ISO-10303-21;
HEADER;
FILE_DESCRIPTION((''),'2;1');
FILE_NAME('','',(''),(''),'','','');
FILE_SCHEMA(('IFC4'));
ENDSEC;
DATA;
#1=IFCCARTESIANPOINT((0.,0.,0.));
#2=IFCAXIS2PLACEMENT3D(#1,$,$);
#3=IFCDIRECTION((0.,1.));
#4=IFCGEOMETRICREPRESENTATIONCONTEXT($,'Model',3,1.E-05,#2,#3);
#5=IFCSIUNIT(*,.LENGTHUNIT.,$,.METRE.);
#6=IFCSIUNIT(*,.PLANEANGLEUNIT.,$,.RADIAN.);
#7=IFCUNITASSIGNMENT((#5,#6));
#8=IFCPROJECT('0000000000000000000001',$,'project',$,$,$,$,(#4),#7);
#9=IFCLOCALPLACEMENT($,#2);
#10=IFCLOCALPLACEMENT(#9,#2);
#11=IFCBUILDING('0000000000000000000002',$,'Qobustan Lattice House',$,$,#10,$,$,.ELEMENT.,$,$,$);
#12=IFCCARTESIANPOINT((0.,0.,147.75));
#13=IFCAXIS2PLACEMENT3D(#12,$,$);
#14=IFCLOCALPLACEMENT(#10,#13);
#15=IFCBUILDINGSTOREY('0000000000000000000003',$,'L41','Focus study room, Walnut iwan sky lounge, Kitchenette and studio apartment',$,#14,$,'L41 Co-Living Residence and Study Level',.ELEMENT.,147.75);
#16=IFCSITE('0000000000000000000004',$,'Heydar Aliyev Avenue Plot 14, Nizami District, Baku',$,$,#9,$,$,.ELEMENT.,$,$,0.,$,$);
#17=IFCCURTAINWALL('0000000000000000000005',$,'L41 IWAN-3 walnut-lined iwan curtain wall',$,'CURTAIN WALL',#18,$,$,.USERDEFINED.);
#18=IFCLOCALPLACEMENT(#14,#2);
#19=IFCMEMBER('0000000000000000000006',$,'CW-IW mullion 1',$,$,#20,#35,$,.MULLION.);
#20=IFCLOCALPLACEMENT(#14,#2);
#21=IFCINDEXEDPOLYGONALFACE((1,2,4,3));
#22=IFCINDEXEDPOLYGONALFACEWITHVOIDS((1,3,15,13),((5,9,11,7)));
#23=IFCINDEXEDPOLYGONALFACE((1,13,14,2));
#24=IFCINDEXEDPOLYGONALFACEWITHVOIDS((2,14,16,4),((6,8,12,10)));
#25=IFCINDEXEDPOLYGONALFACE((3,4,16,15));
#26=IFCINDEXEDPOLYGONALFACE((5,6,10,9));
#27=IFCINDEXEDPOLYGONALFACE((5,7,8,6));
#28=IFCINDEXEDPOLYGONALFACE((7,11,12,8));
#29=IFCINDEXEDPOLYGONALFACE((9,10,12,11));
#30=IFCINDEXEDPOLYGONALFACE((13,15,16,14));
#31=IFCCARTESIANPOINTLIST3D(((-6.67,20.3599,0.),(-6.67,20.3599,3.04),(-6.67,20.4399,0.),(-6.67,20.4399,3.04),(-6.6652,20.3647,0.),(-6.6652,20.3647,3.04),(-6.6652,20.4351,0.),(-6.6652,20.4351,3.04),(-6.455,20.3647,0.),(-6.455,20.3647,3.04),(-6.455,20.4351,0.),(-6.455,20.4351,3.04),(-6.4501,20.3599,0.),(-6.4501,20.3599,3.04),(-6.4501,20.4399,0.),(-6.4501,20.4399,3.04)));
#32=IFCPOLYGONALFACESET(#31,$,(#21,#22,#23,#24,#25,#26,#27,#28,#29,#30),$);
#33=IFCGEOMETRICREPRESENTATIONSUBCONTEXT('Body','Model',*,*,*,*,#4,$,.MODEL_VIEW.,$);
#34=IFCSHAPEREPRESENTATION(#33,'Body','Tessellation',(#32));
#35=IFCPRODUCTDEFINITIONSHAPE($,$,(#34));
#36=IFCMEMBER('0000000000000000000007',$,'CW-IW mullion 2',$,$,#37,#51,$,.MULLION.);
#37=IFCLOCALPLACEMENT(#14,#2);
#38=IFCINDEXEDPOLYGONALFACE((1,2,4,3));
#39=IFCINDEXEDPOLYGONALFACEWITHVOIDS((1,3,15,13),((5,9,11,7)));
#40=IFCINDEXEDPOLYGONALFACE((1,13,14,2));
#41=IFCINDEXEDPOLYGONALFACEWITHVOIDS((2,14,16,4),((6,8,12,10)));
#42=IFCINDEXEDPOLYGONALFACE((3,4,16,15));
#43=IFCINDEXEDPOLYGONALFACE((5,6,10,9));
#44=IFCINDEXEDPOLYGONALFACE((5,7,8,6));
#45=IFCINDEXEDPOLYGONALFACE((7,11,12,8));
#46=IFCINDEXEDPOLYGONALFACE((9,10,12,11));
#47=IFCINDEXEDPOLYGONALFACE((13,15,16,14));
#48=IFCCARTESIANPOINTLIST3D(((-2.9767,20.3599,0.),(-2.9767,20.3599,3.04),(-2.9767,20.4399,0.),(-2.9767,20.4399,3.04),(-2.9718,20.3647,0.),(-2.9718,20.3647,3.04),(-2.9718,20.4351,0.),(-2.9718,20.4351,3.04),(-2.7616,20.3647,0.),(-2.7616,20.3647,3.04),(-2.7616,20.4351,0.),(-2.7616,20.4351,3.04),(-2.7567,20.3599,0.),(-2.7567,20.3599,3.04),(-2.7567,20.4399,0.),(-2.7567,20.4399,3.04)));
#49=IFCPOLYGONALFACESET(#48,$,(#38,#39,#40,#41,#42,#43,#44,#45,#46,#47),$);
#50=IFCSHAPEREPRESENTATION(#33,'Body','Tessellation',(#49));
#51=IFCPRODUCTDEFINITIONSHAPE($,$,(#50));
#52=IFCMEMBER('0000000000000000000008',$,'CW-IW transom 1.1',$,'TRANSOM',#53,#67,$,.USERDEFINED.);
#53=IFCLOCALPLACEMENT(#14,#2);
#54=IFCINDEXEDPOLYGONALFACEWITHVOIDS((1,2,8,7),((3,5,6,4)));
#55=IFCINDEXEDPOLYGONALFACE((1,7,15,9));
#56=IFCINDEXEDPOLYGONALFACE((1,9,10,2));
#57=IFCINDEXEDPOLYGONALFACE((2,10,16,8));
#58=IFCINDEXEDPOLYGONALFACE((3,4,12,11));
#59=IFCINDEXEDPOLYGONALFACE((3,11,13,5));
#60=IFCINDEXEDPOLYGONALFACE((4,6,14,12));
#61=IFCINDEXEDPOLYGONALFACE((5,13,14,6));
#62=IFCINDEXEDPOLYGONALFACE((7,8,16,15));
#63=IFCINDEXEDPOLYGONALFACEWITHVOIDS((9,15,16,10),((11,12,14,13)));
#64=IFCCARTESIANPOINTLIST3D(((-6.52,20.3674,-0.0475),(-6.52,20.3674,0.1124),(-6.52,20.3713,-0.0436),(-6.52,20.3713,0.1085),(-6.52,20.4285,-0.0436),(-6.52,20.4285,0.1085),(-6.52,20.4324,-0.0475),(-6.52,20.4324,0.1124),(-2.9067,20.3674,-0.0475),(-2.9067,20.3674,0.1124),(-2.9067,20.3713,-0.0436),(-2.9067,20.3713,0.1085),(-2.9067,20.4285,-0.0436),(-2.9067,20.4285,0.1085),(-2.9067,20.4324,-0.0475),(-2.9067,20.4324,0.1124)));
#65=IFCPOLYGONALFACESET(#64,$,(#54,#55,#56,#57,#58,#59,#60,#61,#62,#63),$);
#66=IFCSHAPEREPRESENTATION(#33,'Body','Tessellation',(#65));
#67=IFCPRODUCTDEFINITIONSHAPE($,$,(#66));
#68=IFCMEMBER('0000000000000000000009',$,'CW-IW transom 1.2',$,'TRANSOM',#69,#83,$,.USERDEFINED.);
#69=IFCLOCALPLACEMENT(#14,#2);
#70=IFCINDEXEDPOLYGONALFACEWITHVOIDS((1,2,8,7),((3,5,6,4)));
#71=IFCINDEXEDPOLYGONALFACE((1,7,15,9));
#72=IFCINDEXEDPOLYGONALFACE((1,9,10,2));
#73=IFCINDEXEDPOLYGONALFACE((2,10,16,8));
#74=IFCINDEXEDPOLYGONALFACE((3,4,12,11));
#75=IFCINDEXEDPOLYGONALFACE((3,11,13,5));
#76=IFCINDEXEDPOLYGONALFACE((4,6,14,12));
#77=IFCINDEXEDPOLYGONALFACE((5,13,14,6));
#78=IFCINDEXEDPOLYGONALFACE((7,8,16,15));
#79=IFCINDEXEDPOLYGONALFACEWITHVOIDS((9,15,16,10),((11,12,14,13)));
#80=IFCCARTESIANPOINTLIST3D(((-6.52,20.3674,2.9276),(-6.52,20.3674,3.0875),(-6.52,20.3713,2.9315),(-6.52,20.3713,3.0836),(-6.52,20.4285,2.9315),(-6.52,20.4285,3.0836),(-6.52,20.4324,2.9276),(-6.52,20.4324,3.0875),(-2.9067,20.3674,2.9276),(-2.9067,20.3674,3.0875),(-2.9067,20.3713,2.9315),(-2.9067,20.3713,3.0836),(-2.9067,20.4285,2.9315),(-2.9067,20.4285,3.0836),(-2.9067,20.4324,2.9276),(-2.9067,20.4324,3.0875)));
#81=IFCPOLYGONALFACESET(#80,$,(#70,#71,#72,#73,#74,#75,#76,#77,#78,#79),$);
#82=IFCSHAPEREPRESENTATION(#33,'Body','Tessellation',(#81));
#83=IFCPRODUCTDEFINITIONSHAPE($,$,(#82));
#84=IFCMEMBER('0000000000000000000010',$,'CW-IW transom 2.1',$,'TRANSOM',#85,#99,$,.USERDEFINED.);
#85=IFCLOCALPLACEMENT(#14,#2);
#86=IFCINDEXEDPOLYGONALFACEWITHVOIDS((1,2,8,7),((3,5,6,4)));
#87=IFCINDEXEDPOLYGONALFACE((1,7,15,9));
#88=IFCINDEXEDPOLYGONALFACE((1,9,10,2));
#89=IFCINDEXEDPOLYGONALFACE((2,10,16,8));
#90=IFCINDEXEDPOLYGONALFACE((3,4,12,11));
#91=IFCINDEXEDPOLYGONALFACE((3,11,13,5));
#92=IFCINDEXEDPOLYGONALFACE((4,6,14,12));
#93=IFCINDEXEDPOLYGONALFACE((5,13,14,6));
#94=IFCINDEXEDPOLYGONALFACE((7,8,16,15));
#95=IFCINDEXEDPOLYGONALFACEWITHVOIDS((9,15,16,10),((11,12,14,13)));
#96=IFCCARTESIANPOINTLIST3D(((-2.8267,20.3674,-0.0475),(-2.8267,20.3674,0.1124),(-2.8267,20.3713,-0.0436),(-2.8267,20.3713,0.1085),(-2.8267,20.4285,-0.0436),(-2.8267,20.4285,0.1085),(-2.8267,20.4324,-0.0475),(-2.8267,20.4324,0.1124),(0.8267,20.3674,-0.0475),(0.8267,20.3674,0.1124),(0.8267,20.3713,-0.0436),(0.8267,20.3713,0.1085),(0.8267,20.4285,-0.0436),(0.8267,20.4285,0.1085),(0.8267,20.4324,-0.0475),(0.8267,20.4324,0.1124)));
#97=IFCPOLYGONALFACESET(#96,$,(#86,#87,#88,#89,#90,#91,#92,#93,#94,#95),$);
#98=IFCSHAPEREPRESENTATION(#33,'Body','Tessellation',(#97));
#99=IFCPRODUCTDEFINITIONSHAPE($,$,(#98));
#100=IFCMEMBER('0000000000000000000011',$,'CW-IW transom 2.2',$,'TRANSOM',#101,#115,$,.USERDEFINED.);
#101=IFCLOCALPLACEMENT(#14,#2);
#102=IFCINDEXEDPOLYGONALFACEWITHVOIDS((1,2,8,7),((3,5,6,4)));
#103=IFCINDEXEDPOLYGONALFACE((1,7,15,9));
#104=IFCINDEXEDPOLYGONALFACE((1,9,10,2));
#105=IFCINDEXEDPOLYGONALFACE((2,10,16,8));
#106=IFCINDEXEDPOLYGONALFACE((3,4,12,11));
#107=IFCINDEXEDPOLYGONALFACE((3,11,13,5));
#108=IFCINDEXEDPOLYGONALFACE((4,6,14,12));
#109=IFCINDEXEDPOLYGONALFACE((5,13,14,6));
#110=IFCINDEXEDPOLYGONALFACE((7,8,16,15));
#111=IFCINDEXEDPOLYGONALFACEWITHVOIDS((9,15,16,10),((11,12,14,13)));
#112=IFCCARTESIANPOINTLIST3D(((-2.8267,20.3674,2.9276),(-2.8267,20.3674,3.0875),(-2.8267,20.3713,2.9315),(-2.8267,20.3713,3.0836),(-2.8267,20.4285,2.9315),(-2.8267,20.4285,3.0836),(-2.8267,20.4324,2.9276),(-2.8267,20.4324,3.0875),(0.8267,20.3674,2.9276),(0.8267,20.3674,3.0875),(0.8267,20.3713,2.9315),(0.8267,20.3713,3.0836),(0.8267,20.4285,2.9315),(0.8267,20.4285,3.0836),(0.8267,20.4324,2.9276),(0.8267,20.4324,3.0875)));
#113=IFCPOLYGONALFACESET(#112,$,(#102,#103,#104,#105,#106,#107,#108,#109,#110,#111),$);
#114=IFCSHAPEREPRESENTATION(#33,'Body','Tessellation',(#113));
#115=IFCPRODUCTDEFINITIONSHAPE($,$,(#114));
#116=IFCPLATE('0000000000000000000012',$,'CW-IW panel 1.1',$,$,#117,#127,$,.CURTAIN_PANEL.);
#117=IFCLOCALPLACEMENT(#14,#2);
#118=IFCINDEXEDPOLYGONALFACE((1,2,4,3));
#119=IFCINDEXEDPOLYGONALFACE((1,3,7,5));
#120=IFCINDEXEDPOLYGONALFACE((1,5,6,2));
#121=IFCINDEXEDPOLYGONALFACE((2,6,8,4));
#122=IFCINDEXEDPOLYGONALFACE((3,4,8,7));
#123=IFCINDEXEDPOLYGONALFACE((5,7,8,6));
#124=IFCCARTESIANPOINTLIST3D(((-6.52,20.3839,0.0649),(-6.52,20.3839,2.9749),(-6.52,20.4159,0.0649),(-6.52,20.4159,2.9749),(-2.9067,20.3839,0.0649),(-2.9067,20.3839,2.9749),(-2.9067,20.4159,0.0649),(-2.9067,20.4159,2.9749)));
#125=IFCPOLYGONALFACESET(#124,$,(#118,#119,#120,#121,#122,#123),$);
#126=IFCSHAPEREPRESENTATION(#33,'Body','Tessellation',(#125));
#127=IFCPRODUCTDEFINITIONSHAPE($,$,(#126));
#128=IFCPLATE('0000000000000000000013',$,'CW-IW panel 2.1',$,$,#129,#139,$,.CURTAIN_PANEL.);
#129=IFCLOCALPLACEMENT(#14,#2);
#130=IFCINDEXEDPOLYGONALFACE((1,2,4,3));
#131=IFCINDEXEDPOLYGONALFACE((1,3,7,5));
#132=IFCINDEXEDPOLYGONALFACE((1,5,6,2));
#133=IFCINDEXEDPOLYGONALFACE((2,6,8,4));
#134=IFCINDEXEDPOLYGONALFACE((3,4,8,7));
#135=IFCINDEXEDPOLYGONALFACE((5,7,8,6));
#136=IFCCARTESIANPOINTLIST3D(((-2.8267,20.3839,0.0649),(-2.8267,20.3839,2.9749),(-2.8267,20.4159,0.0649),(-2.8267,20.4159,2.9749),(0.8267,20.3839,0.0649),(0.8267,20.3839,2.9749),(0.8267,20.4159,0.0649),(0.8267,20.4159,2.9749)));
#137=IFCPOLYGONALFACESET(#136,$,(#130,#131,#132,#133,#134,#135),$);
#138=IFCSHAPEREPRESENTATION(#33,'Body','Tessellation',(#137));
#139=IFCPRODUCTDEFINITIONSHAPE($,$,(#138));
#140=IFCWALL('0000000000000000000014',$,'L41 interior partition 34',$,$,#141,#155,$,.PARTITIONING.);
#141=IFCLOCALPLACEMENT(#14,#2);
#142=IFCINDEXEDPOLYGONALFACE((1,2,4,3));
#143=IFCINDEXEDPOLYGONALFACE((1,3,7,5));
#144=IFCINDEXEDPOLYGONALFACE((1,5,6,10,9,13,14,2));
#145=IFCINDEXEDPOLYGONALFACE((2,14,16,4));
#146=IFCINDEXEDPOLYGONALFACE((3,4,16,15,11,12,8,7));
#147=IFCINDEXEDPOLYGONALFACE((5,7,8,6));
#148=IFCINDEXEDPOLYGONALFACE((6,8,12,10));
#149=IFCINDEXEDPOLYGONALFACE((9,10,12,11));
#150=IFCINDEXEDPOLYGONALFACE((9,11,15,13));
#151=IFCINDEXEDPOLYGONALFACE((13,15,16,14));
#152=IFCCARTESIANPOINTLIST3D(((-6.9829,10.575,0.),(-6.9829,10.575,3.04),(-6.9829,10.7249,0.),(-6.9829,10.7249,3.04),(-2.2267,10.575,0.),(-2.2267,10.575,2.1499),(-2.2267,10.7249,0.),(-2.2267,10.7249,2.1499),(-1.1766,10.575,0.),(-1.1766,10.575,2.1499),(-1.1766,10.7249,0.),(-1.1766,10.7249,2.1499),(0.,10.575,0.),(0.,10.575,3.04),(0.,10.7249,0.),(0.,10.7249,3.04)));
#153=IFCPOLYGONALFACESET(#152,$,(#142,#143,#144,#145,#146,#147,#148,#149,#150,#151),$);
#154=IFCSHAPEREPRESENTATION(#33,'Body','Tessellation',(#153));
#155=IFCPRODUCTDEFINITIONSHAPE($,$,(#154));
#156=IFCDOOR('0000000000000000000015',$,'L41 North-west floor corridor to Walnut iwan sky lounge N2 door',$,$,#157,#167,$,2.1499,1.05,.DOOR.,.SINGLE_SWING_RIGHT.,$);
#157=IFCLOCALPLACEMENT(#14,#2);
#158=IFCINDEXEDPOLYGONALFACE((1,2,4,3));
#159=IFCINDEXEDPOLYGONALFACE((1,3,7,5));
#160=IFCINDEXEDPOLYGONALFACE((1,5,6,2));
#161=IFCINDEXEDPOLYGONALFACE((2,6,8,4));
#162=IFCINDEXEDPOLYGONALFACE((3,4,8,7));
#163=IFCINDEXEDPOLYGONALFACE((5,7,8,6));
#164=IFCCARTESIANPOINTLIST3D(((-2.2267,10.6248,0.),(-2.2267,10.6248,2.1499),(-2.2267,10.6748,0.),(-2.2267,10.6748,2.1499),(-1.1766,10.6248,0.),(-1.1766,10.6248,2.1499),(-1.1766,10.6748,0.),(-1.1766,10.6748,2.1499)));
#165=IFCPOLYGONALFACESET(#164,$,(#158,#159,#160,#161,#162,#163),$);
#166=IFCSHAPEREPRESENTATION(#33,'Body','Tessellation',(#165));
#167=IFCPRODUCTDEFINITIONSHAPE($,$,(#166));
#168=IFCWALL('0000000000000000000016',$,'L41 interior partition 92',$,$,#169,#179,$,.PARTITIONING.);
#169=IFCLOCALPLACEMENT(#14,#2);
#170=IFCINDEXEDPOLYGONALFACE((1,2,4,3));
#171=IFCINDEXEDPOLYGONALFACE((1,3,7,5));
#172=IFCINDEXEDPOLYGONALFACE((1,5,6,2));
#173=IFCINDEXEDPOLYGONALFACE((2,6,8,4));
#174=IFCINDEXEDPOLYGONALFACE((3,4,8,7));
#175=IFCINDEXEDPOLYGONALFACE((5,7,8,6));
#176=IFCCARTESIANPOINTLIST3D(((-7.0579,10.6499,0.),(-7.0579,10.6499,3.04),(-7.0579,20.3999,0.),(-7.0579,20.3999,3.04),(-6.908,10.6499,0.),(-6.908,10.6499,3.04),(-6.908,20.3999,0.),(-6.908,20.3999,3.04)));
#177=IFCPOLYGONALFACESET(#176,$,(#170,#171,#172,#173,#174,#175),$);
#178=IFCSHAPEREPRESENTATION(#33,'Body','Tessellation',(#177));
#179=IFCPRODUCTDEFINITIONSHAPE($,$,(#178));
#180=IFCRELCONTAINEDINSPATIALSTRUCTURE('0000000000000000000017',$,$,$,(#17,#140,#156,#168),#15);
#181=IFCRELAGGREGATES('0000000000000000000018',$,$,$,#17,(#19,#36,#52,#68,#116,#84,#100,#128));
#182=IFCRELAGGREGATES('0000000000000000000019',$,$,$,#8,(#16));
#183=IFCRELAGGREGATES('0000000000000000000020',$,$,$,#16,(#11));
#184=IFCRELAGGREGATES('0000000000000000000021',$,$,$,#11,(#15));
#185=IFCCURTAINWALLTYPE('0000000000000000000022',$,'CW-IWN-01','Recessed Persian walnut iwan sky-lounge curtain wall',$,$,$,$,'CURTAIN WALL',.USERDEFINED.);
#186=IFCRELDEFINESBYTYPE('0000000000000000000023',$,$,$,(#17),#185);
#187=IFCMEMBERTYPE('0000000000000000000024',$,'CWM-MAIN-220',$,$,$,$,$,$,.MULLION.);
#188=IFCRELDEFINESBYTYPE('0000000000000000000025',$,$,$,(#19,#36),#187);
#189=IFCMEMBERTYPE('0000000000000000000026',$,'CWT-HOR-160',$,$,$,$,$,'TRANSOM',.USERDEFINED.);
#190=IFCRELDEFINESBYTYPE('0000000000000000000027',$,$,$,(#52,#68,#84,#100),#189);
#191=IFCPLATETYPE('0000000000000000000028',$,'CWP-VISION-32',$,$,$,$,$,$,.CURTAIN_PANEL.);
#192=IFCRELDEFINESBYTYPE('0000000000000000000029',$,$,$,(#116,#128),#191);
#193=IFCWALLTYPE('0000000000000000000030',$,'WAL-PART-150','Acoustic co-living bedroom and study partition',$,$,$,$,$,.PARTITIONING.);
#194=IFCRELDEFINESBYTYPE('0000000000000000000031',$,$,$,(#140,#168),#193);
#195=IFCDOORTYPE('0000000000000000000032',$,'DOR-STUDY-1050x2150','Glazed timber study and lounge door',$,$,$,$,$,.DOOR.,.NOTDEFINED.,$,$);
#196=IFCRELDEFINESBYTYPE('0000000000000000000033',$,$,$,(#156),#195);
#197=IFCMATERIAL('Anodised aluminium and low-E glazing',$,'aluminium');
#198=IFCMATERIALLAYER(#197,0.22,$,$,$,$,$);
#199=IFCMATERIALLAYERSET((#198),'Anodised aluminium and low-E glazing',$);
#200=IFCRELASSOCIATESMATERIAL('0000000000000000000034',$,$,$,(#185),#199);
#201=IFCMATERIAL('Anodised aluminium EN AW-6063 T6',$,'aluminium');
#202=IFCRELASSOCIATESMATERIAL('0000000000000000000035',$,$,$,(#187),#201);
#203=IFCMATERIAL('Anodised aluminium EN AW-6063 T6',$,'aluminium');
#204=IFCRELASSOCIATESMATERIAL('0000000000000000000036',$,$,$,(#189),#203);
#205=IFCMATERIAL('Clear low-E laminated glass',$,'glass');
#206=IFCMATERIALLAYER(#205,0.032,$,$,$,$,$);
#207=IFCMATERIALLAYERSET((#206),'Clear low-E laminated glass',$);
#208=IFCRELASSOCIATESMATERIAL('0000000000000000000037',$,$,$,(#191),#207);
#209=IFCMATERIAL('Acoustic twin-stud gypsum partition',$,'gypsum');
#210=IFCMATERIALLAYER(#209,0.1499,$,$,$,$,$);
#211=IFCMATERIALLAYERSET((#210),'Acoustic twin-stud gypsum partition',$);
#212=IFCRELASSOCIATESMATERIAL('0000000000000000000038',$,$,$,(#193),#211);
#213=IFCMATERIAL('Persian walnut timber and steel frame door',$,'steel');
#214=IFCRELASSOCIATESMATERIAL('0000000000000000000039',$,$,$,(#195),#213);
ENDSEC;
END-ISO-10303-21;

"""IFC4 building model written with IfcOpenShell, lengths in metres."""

from ifc_helpers import new_model, si_unit, direction, frame, frame_2d, origin, origin_2d, place, context, subcontext, project, spatial, rectangle, hollow_rectangle, extrude, material, layer, layer_set, material_profile, profile_set, type_object, element, fill, aggregate, save


model = new_model("IFC4")

# Units and contexts
model_context = context("Model", 3, precision=1e-05, world=origin(), true_north=direction((0.0, 1.0)))
body_context = subcontext(model_context, "Body", "Model", "MODEL_VIEW")
ifc_project = project(units=[si_unit("LENGTHUNIT", "METRE"), si_unit("PLANEANGLEUNIT", "RADIAN")], contexts=[model_context])

# Site, building, storey
site_placement = place(None, origin())
site = spatial("IfcSite", under=ifc_project, at=site_placement, Name="Heydar Aliyev Avenue Plot 14, Nizami District, Baku", CompositionType="ELEMENT", RefElevation=0.0)
building_placement = place(site_placement, origin())
building = spatial("IfcBuilding", under=site, at=building_placement, Name="Qobustan Lattice House", CompositionType="ELEMENT")
storey_placement = place(building_placement, frame((0.0, 0.0, 147.75)))
storey = spatial("IfcBuildingStorey", under=building, at=storey_placement, Name="L41", Description="Focus study room, Walnut iwan sky lounge, Kitchenette and studio apartment", LongName="L41 Co-Living Residence and Study Level", CompositionType="ELEMENT", Elevation=147.75)

# Curtain wall, members, plates
ifc_material_1 = material(Name="Anodised aluminium and low-E glazing", Category="aluminium")
ifc_layer_1 = layer(ifc_material_1, 0.22)
ifc_layer_set_1 = layer_set([ifc_layer_1], Name="Anodised aluminium and low-E glazing")
curtain_wall_type = type_object("IfcCurtainWallType", Name="CW-IWN-01", Description="Recessed Persian walnut iwan sky-lounge curtain wall", ElementType="CURTAIN WALL", PredefinedType="USERDEFINED", material=ifc_layer_set_1)
curtain_wall_placement = place(storey_placement, origin())
curtain_wall = element("IfcCurtainWall", 1, at=curtain_wall_placement, inside=storey, type_object=curtain_wall_type, Name="L41 IWAN-3 walnut-lined iwan curtain wall", ObjectType="CURTAIN WALL", PredefinedType="USERDEFINED")
ifc_material_2 = material(Name="Anodised aluminium EN AW-6063 T6", Category="aluminium")
ifc_material_profile_1 = material_profile(ifc_material_2, hollow_rectangle(XDim=0.0801, YDim=0.22, WallThickness=0.0049, at=origin_2d()), Name="CWM-220x80")
ifc_profile_set_1 = profile_set([ifc_material_profile_1], Name="Anodised aluminium EN AW-6063 T6")
member_type_1 = type_object("IfcMemberType", Name="CWM-MAIN-220", PredefinedType="MULLION", material=ifc_profile_set_1)
member_1_placement = place(storey_placement, frame((-6.5601, 20.3999, 0.0), z_axis=(0.0, 0.0, 1.0), x_axis=(0.0, 1.0, 0.0)))
member_1 = element("IfcMember", 2, at=member_1_placement, type_object=member_type_1, Name="CW-IW mullion 1", PredefinedType="MULLION", context=body_context, shape_type="SweptSolid", body=[
    extrude(hollow_rectangle(XDim=0.0801, YDim=0.22, WallThickness=0.0049, at=origin_2d()), origin(), (0.0, 0.0, 1.0), 3.04),
])
member_2_placement = place(storey_placement, frame((-2.8667, 20.3999, 0.0), z_axis=(0.0, 0.0, 1.0), x_axis=(0.0, 1.0, 0.0)))
member_2 = element("IfcMember", 3, at=member_2_placement, type_object=member_type_1, Name="CW-IW mullion 2", PredefinedType="MULLION", context=body_context, shape_type="SweptSolid", body=[
    extrude(hollow_rectangle(XDim=0.0801, YDim=0.22, WallThickness=0.0049, at=origin_2d()), origin(), (0.0, 0.0, 1.0), 3.04),
])
ifc_material_3 = material(Name="Anodised aluminium EN AW-6063 T6", Category="aluminium")
ifc_material_profile_2 = material_profile(ifc_material_3, hollow_rectangle(XDim=0.0649, YDim=0.1599, WallThickness=0.0039, at=origin_2d()), Name="CWT-160x65")
ifc_profile_set_2 = profile_set([ifc_material_profile_2], Name="Anodised aluminium EN AW-6063 T6")
member_type_2 = type_object("IfcMemberType", Name="CWT-HOR-160", ElementType="TRANSOM", PredefinedType="USERDEFINED", material=ifc_profile_set_2)
member_3_placement = place(storey_placement, frame((-6.52, 20.3999, 0.0325), z_axis=(1.0, 0.0, 0.0), x_axis=(0.0, 1.0, 0.0)))
member_3 = element("IfcMember", 4, at=member_3_placement, type_object=member_type_2, Name="CW-IW transom 1.1", ObjectType="TRANSOM", PredefinedType="USERDEFINED", context=body_context, shape_type="SweptSolid", body=[
    extrude(hollow_rectangle(XDim=0.0649, YDim=0.1599, WallThickness=0.0039, at=origin_2d()), origin(), (0.0, 0.0, 1.0), 3.6133),
])
member_4_placement = place(storey_placement, frame((-6.52, 20.3999, 3.0076), z_axis=(1.0, 0.0, 0.0), x_axis=(0.0, 1.0, 0.0)))
member_4 = element("IfcMember", 5, at=member_4_placement, type_object=member_type_2, Name="CW-IW transom 1.2", ObjectType="TRANSOM", PredefinedType="USERDEFINED", context=body_context, shape_type="SweptSolid", body=[
    extrude(hollow_rectangle(XDim=0.0649, YDim=0.1599, WallThickness=0.0039, at=origin_2d()), origin(), (0.0, 0.0, 1.0), 3.6133),
])
member_5_placement = place(storey_placement, frame((-2.8267, 20.3999, 0.0325), z_axis=(1.0, 0.0, 0.0), x_axis=(0.0, 1.0, 0.0)))
member_5 = element("IfcMember", 6, at=member_5_placement, type_object=member_type_2, Name="CW-IW transom 2.1", ObjectType="TRANSOM", PredefinedType="USERDEFINED", context=body_context, shape_type="SweptSolid", body=[
    extrude(hollow_rectangle(XDim=0.0649, YDim=0.1599, WallThickness=0.0039, at=origin_2d()), origin(), (0.0, 0.0, 1.0), 3.6533),
])
member_6_placement = place(storey_placement, frame((-2.8267, 20.3999, 3.0076), z_axis=(1.0, 0.0, 0.0), x_axis=(0.0, 1.0, 0.0)))
member_6 = element("IfcMember", 7, at=member_6_placement, type_object=member_type_2, Name="CW-IW transom 2.2", ObjectType="TRANSOM", PredefinedType="USERDEFINED", context=body_context, shape_type="SweptSolid", body=[
    extrude(hollow_rectangle(XDim=0.0649, YDim=0.1599, WallThickness=0.0039, at=origin_2d()), origin(), (0.0, 0.0, 1.0), 3.6533),
])
ifc_material_4 = material(Name="Clear low-E laminated glass", Category="glass")
ifc_layer_2 = layer(ifc_material_4, 0.032)
ifc_layer_set_2 = layer_set([ifc_layer_2], Name="Clear low-E laminated glass")
plate_type = type_object("IfcPlateType", Name="CWP-VISION-32", PredefinedType="CURTAIN_PANEL", material=ifc_layer_set_2)
plate_1_placement = place(storey_placement, frame((-4.7134, 20.3999, 0.0649), z_axis=(0.0, 0.0, 1.0), x_axis=(1.0, 0.0, 0.0)))
plate_1 = element("IfcPlate", 8, at=plate_1_placement, type_object=plate_type, Name="CW-IW panel 1.1", PredefinedType="CURTAIN_PANEL", context=body_context, shape_type="SweptSolid", body=[
    extrude(rectangle(XDim=3.6133, YDim=0.032, at=origin_2d()), origin(), (0.0, 0.0, 1.0), 2.9099),
])
plate_2_placement = place(storey_placement, frame((-1.0, 20.3999, 0.0649), z_axis=(0.0, 0.0, 1.0), x_axis=(1.0, 0.0, 0.0)))
plate_2 = element("IfcPlate", 9, at=plate_2_placement, type_object=plate_type, Name="CW-IW panel 2.1", PredefinedType="CURTAIN_PANEL", context=body_context, shape_type="SweptSolid", body=[
    extrude(rectangle(XDim=3.6533, YDim=0.032, at=origin_2d()), origin(), (0.0, 0.0, 1.0), 2.9099),
])
aggregate(curtain_wall, [member_1, member_2, member_3, member_4, plate_1, member_5, member_6, plate_2])

# Wall, opening, door
ifc_material_5 = material(Name="Acoustic twin-stud gypsum partition", Category="gypsum")
ifc_layer_3 = layer(ifc_material_5, 0.1499)
ifc_layer_set_3 = layer_set([ifc_layer_3], Name="Acoustic twin-stud gypsum partition")
wall_type = type_object("IfcWallType", Name="WAL-PART-150", Description="Acoustic co-living bedroom and study partition", PredefinedType="PARTITIONING", material=ifc_layer_set_3)
wall_1_placement = place(storey_placement, frame((-6.9829, 10.6499, 0.0), z_axis=(0.0, 0.0, 1.0), x_axis=(1.0, 0.0, 0.0)))
wall_1 = element("IfcWall", 10, at=wall_1_placement, inside=storey, type_object=wall_type, Name="L41 interior partition 34", PredefinedType="PARTITIONING", context=body_context, shape_type="SweptSolid", body=[
    extrude(rectangle(XDim=6.9829, YDim=0.1499, at=frame_2d((3.4915, 0.0))), origin(), (0.0, 0.0, 1.0), 3.04),
])
opening_placement = place(wall_1_placement, frame((4.7563, 0.0, 0.0)))
opening = element("IfcOpeningElement", 11, at=opening_placement, cuts=wall_1, PredefinedType="OPENING", context=body_context, shape_type="SweptSolid", body=[
    extrude(rectangle(XDim=1.05, YDim=2.1499, at=frame_2d((0.5249, 1.075))), frame((0.0, 0.085, 0.0), z_axis=(0.0, -1.0, 0.0), x_axis=(1.0, 0.0, 0.0)), (0.0, 0.0, 1.0), 0.1699),
])
ifc_material_6 = material(Name="Persian walnut timber and steel frame door", Category="steel")
door_type = type_object("IfcDoorType", Name="DOR-STUDY-1050x2150", Description="Glazed timber study and lounge door", OperationType="NOTDEFINED", PredefinedType="DOOR", material=ifc_material_6)
door_placement = place(opening_placement, origin())
door = element("IfcDoor", 12, at=door_placement, inside=storey, type_object=door_type, Name="L41 North-west floor corridor to Walnut iwan sky lounge N2 door", OperationType="SINGLE_SWING_RIGHT", OverallHeight=2.1499, OverallWidth=1.05, PredefinedType="DOOR", context=body_context, shape_type="SweptSolid", body=[
    extrude(rectangle(XDim=1.05, YDim=2.1499, at=frame_2d((0.5249, 1.075))), frame((0.0, 0.0249, 0.0), z_axis=(0.0, -1.0, 0.0), x_axis=(1.0, 0.0, 0.0)), (0.0, 0.0, 1.0), 0.05),
])
fill(opening, door)

# Wall
wall_2_placement = place(storey_placement, frame((-6.9829, 20.3999, 0.0), z_axis=(0.0, 0.0, 1.0), x_axis=(0.0, -1.0, 0.0)))
element("IfcWall", 13, at=wall_2_placement, inside=storey, type_object=wall_type, Name="L41 interior partition 92", PredefinedType="PARTITIONING", context=body_context, shape_type="SweptSolid", body=[
    extrude(rectangle(XDim=9.75, YDim=0.1499, at=frame_2d((4.875, 0.0))), origin(), (0.0, 0.0, 1.0), 3.04),
])

save(model, "model.ifc")
